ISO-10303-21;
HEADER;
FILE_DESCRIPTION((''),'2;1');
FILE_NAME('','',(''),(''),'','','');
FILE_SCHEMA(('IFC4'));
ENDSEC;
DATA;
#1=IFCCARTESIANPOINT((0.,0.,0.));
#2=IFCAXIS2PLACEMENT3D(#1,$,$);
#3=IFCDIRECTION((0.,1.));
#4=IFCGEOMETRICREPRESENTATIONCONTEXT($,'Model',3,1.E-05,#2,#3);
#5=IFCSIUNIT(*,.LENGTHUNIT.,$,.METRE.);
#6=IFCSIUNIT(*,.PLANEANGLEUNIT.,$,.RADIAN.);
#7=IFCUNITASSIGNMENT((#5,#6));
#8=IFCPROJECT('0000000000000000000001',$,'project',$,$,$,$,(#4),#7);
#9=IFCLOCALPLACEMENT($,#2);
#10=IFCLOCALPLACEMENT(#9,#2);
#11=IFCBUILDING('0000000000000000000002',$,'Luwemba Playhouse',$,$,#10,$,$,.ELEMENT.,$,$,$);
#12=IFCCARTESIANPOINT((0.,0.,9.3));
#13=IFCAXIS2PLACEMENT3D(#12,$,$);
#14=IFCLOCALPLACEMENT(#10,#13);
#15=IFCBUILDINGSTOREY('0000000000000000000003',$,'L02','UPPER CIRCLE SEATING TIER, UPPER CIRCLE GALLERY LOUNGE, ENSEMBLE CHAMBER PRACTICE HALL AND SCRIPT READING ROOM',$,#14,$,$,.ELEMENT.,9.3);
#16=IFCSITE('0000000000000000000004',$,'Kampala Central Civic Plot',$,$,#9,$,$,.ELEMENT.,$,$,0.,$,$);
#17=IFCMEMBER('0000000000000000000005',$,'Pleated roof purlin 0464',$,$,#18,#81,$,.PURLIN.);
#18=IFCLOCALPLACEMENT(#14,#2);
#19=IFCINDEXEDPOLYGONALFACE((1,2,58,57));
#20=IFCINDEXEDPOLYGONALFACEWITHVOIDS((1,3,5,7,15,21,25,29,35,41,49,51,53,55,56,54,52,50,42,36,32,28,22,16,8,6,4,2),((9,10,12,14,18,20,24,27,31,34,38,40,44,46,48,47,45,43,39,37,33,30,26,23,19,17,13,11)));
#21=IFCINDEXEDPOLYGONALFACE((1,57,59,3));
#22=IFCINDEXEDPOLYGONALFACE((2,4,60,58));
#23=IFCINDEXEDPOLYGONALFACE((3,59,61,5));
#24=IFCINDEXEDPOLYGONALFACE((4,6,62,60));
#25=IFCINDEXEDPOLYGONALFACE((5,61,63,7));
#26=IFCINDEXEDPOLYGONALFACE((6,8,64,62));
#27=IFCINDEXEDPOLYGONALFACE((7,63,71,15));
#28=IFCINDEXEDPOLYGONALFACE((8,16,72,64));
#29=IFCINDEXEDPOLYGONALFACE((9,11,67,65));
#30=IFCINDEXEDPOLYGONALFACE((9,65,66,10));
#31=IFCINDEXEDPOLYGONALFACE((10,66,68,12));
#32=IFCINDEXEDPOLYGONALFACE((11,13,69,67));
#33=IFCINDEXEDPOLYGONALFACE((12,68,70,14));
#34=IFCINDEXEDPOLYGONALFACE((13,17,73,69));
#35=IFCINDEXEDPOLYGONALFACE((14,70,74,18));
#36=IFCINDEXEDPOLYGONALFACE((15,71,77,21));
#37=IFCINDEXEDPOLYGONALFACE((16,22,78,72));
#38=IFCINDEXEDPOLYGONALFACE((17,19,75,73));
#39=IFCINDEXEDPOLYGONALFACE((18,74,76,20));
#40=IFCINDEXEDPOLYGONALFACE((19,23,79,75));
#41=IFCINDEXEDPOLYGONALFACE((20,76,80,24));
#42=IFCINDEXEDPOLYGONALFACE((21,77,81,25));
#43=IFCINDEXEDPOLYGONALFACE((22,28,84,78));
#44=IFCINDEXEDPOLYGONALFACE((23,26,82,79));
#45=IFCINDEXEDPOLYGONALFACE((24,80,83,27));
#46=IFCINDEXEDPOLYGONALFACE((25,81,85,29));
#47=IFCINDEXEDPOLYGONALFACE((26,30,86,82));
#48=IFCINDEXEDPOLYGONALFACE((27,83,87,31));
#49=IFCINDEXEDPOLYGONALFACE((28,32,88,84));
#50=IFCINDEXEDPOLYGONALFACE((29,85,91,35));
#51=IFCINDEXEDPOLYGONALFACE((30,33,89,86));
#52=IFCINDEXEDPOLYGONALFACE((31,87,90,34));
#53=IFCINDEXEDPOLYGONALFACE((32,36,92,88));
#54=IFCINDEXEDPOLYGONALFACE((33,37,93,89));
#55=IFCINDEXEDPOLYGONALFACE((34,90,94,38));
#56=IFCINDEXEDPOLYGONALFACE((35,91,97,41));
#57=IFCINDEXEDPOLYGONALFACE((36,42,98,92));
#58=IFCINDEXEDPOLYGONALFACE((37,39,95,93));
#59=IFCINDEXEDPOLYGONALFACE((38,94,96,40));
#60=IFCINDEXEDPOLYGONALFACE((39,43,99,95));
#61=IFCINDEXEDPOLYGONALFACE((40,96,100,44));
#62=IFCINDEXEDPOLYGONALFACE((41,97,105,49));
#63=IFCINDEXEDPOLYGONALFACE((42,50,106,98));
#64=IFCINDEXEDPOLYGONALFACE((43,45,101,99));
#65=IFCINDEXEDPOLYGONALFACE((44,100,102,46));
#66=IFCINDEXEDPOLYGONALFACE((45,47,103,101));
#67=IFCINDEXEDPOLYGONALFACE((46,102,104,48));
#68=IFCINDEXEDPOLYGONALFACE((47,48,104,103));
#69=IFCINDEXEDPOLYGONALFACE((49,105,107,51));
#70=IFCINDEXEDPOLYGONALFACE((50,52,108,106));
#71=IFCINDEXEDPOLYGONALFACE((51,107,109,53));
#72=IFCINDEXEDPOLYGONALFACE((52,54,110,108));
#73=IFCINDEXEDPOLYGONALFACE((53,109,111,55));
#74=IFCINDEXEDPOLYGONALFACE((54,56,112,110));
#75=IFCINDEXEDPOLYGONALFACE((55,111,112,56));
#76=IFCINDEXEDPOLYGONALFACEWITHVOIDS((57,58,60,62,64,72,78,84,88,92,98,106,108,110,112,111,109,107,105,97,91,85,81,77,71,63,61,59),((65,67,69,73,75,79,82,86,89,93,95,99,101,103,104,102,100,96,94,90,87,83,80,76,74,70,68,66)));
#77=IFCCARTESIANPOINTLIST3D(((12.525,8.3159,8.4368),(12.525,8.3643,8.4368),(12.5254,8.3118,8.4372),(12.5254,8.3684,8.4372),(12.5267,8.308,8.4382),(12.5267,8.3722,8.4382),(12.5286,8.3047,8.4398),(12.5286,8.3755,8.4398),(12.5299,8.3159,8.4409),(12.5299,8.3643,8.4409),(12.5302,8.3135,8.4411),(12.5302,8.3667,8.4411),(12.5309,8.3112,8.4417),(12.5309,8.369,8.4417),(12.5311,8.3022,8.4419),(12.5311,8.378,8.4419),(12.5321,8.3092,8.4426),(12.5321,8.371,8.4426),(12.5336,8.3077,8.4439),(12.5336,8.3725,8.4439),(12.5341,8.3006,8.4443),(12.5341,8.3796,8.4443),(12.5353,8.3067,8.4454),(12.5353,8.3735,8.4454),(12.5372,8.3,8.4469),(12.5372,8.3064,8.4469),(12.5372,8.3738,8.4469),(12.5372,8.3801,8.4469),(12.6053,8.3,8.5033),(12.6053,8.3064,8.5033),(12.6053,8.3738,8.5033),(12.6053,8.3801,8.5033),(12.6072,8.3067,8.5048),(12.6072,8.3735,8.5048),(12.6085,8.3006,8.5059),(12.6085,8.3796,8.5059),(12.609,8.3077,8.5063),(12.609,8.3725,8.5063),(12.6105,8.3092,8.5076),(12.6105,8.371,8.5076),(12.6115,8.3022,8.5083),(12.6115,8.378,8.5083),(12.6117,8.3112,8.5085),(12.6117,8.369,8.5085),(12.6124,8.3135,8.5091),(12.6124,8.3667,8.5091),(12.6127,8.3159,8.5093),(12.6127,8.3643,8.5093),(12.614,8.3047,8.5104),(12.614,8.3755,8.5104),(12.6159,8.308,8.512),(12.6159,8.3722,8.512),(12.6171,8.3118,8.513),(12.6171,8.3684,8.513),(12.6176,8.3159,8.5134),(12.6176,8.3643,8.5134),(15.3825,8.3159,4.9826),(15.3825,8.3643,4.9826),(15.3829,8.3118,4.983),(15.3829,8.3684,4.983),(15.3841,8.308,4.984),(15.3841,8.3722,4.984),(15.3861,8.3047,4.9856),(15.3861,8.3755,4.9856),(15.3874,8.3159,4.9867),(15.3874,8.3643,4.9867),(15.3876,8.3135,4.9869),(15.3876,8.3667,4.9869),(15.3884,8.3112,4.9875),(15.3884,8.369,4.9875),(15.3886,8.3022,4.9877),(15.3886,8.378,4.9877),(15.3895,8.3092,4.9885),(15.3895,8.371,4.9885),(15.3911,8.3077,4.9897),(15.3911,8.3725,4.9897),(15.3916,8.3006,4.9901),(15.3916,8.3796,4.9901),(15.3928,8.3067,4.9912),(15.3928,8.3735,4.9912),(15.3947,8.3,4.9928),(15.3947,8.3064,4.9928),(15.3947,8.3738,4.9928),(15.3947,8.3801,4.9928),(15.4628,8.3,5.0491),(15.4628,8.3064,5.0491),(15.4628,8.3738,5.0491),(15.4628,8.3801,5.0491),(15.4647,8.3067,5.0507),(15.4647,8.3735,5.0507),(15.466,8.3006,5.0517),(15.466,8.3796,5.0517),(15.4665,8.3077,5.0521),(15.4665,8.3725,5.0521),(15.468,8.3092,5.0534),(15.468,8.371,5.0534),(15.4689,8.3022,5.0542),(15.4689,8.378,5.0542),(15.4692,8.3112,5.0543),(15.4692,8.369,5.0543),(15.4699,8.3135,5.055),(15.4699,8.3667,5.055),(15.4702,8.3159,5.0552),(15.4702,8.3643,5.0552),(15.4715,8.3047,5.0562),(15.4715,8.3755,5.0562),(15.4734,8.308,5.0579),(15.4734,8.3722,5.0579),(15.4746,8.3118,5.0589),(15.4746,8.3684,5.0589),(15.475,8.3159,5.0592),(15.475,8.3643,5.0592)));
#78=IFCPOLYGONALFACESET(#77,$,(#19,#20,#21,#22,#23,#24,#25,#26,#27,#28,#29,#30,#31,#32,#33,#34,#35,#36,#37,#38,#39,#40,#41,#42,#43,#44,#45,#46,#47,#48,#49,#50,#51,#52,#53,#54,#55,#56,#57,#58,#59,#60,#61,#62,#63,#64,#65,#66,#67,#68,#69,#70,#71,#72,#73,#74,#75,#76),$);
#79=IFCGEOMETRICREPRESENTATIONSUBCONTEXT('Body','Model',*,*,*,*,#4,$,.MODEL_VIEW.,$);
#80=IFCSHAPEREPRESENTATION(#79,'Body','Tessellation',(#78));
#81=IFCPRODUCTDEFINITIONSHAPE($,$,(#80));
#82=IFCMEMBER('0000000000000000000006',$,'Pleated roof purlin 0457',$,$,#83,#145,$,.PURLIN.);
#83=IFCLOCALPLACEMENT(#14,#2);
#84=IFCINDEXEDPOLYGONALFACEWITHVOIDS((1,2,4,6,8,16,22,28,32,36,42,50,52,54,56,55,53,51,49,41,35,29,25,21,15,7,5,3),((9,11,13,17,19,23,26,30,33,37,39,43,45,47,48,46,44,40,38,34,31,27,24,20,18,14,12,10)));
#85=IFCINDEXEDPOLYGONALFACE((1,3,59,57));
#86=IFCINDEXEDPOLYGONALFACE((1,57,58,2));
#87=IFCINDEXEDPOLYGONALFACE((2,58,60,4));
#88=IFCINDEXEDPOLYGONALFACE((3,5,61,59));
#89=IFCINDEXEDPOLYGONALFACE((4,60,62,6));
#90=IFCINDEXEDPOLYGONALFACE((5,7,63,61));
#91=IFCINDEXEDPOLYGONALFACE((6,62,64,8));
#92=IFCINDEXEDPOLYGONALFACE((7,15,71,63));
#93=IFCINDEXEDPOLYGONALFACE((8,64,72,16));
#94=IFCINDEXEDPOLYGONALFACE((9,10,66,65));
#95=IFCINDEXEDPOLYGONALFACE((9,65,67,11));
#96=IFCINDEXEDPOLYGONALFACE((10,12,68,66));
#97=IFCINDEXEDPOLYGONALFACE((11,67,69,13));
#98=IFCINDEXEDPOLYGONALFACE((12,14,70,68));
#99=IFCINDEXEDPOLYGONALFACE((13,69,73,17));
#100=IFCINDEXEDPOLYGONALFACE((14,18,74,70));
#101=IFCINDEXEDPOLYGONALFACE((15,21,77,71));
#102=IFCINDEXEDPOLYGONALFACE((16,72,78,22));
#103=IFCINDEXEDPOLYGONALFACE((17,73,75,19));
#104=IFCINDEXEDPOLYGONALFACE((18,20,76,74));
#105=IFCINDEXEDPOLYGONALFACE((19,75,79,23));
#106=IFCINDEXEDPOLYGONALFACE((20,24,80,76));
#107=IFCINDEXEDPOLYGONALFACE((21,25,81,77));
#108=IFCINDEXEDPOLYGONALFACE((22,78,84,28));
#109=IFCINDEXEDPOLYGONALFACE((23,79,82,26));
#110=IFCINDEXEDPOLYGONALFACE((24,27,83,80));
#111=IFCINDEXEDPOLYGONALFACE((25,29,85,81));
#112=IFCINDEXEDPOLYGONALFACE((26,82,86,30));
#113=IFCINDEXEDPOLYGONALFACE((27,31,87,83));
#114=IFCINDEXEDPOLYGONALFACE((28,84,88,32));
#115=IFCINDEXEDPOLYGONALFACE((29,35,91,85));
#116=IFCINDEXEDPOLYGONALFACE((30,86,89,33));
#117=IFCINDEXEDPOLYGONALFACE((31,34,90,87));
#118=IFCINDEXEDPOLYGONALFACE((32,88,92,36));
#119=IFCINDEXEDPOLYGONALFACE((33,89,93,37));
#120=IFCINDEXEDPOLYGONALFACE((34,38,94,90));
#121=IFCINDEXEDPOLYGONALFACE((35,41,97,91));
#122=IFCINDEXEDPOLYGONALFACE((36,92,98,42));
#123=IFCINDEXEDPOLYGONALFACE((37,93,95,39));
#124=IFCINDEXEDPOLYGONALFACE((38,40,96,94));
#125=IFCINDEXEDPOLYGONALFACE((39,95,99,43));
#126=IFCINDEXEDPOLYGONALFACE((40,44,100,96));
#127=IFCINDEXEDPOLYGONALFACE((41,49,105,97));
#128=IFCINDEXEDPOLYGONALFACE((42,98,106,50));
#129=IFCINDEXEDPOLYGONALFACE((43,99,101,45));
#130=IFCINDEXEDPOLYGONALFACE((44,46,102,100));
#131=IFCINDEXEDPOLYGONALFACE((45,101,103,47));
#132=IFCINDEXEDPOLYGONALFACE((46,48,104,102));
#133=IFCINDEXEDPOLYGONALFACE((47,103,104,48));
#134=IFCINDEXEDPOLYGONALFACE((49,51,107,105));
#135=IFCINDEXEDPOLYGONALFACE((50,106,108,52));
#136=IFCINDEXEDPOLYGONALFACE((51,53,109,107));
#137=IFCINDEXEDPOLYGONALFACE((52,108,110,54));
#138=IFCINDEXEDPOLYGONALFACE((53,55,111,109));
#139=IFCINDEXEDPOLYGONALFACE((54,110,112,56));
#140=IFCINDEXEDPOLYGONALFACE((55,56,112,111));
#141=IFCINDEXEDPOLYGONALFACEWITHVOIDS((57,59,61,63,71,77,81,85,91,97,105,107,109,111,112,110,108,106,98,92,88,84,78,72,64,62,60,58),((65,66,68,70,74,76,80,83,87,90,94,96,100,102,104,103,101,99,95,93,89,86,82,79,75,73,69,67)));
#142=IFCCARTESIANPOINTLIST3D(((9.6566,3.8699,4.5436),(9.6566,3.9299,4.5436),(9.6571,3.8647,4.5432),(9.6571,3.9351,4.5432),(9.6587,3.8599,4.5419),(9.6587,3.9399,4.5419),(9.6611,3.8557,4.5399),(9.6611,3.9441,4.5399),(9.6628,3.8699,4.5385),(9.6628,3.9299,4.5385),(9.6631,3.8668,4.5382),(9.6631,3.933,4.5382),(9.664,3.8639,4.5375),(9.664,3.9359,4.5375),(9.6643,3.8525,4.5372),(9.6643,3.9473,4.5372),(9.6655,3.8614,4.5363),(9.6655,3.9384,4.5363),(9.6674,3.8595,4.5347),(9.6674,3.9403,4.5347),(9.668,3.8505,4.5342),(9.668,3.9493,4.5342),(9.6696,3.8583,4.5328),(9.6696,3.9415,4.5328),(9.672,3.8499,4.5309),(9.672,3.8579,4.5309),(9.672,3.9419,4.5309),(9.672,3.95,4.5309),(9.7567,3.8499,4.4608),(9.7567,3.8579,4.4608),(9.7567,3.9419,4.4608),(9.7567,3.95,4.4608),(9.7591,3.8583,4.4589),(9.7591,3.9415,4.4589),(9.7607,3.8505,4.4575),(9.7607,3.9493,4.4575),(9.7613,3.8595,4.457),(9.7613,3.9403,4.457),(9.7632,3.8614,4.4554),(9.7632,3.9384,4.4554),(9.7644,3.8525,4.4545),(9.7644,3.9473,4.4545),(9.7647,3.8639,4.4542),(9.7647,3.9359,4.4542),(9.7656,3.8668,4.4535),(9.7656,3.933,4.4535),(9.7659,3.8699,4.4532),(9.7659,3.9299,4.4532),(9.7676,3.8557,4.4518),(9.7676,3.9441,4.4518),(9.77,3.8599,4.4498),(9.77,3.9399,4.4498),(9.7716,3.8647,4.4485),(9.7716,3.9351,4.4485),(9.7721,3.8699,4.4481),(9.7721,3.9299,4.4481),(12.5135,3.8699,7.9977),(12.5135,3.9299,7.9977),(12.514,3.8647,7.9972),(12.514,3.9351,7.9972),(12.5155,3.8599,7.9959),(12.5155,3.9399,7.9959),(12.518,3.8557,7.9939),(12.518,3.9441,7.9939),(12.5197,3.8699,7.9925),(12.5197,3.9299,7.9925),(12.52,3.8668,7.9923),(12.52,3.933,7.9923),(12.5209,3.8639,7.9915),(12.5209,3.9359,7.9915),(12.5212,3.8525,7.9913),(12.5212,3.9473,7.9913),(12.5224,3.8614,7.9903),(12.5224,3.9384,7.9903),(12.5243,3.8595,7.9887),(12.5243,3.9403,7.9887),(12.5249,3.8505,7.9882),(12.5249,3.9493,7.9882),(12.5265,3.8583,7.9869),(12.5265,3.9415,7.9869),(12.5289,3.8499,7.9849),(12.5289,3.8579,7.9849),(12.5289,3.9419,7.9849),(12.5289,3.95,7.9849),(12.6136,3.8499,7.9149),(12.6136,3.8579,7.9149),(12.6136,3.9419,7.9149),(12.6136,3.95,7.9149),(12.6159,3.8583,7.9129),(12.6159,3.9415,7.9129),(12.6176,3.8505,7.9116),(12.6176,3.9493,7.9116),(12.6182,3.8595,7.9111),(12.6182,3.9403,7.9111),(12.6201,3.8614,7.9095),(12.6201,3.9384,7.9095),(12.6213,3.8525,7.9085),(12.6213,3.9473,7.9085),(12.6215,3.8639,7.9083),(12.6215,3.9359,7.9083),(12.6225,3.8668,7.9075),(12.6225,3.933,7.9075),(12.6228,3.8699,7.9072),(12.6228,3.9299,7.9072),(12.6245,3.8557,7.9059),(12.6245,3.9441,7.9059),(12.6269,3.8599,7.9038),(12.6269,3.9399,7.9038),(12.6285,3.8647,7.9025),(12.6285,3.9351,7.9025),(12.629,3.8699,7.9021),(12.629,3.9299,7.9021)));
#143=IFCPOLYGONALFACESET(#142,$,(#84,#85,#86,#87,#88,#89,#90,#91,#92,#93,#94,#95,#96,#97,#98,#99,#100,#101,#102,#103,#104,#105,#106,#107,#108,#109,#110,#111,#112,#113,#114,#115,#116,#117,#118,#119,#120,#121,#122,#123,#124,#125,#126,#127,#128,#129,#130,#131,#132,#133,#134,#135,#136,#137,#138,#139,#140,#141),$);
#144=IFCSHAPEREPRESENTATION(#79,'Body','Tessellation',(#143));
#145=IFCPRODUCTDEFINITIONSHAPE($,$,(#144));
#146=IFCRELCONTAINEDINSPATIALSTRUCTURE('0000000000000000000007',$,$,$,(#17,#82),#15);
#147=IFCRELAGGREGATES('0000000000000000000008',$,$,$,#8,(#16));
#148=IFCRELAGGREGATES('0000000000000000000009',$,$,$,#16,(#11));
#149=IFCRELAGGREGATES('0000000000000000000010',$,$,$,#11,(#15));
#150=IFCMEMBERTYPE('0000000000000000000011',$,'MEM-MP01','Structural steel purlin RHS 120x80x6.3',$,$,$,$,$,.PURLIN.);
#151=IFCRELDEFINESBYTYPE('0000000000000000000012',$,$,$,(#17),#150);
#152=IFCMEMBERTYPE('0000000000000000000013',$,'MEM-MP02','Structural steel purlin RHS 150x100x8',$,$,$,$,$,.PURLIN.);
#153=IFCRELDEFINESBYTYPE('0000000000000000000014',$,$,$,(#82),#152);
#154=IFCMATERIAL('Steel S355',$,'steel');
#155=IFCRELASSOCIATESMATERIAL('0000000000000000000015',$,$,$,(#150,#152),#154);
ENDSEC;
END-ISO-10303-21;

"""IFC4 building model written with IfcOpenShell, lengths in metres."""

from ifc_helpers import new_model, si_unit, direction, frame, origin, origin_2d, place, context, subcontext, project, spatial, hollow_rectangle, extrude, material, material_profile, profile_set, type_object, element, save


model = new_model("IFC4")

# Units and contexts
model_context = context("Model", 3, precision=1e-05, world=origin(), true_north=direction((0.0, 1.0)))
body_context = subcontext(model_context, "Body", "Model", "MODEL_VIEW")
ifc_project = project(units=[si_unit("LENGTHUNIT", "METRE"), si_unit("PLANEANGLEUNIT", "RADIAN")], contexts=[model_context])

# Site, building, storey
site_placement = place(None, origin())
site = spatial("IfcSite", under=ifc_project, at=site_placement, Name="Kampala Central Civic Plot", CompositionType="ELEMENT", RefElevation=0.0)
building_placement = place(site_placement, origin())
building = spatial("IfcBuilding", under=site, at=building_placement, Name="Luwemba Playhouse", CompositionType="ELEMENT")
storey_placement = place(building_placement, frame((0.0, 0.0, 9.3)))
storey = spatial("IfcBuildingStorey", under=building, at=storey_placement, Name="L02", Description="UPPER CIRCLE SEATING TIER, UPPER CIRCLE GALLERY LOUNGE, ENSEMBLE CHAMBER PRACTICE HALL AND SCRIPT READING ROOM", CompositionType="ELEMENT", Elevation=9.3)

# Shared definitions
ifc_material_1 = material(Name="Steel S355", Category="steel")

# Members
ifc_material_profile_1 = material_profile(ifc_material_1, hollow_rectangle(XDim=0.0801, YDim=0.1201, WallThickness=0.0063, InnerFilletRadius=0.0095, OuterFilletRadius=0.0159, at=origin_2d()))
ifc_profile_set_1 = profile_set([ifc_material_profile_1], Name="Steel S355")
member_type_1 = type_object("IfcMemberType", Name="MEM-MP01", Description="Structural steel purlin RHS 120x80x6.3", PredefinedType="PURLIN", material=ifc_profile_set_1)
member_1_placement = place(storey_placement, frame((12.5713, 8.3401, 8.4751), z_axis=(0.637416, 0.0, -0.77052), x_axis=(0.0, 1.0, 0.0)))
element("IfcMember", 1, at=member_1_placement, inside=storey, type_object=member_type_1, Name="Pleated roof purlin 0464", PredefinedType="PURLIN", context=body_context, shape_type="SweptSolid", body=[
    extrude(hollow_rectangle(XDim=0.0801, YDim=0.1201, WallThickness=0.0063, InnerFilletRadius=0.0095, OuterFilletRadius=0.0159, at=origin_2d()), origin(), (0.0, 0.0, 1.0), 4.4829),
])
ifc_material_profile_2 = material_profile(ifc_material_1, hollow_rectangle(XDim=0.1001, YDim=0.1499, WallThickness=0.0081, InnerFilletRadius=0.012, OuterFilletRadius=0.02, at=origin_2d()))
ifc_profile_set_2 = profile_set([ifc_material_profile_2], Name="Steel S355")
member_type_2 = type_object("IfcMemberType", Name="MEM-MP02", Description="Structural steel purlin RHS 150x100x8", PredefinedType="PURLIN", material=ifc_profile_set_2)
member_2_placement = place(storey_placement, frame((9.7144, 3.8999, 4.4958), z_axis=(0.637351, 0.0, 0.770573), x_axis=(0.0, 1.0, 0.0)))
element("IfcMember", 2, at=member_2_placement, inside=storey, type_object=member_type_2, Name="Pleated roof purlin 0457", PredefinedType="PURLIN", context=body_context, shape_type="SweptSolid", body=[
    extrude(hollow_rectangle(XDim=0.1001, YDim=0.1499, WallThickness=0.0081, InnerFilletRadius=0.012, OuterFilletRadius=0.02, at=origin_2d()), origin(), (0.0, 0.0, 1.0), 4.4824),
])

save(model, "model.ifc")
